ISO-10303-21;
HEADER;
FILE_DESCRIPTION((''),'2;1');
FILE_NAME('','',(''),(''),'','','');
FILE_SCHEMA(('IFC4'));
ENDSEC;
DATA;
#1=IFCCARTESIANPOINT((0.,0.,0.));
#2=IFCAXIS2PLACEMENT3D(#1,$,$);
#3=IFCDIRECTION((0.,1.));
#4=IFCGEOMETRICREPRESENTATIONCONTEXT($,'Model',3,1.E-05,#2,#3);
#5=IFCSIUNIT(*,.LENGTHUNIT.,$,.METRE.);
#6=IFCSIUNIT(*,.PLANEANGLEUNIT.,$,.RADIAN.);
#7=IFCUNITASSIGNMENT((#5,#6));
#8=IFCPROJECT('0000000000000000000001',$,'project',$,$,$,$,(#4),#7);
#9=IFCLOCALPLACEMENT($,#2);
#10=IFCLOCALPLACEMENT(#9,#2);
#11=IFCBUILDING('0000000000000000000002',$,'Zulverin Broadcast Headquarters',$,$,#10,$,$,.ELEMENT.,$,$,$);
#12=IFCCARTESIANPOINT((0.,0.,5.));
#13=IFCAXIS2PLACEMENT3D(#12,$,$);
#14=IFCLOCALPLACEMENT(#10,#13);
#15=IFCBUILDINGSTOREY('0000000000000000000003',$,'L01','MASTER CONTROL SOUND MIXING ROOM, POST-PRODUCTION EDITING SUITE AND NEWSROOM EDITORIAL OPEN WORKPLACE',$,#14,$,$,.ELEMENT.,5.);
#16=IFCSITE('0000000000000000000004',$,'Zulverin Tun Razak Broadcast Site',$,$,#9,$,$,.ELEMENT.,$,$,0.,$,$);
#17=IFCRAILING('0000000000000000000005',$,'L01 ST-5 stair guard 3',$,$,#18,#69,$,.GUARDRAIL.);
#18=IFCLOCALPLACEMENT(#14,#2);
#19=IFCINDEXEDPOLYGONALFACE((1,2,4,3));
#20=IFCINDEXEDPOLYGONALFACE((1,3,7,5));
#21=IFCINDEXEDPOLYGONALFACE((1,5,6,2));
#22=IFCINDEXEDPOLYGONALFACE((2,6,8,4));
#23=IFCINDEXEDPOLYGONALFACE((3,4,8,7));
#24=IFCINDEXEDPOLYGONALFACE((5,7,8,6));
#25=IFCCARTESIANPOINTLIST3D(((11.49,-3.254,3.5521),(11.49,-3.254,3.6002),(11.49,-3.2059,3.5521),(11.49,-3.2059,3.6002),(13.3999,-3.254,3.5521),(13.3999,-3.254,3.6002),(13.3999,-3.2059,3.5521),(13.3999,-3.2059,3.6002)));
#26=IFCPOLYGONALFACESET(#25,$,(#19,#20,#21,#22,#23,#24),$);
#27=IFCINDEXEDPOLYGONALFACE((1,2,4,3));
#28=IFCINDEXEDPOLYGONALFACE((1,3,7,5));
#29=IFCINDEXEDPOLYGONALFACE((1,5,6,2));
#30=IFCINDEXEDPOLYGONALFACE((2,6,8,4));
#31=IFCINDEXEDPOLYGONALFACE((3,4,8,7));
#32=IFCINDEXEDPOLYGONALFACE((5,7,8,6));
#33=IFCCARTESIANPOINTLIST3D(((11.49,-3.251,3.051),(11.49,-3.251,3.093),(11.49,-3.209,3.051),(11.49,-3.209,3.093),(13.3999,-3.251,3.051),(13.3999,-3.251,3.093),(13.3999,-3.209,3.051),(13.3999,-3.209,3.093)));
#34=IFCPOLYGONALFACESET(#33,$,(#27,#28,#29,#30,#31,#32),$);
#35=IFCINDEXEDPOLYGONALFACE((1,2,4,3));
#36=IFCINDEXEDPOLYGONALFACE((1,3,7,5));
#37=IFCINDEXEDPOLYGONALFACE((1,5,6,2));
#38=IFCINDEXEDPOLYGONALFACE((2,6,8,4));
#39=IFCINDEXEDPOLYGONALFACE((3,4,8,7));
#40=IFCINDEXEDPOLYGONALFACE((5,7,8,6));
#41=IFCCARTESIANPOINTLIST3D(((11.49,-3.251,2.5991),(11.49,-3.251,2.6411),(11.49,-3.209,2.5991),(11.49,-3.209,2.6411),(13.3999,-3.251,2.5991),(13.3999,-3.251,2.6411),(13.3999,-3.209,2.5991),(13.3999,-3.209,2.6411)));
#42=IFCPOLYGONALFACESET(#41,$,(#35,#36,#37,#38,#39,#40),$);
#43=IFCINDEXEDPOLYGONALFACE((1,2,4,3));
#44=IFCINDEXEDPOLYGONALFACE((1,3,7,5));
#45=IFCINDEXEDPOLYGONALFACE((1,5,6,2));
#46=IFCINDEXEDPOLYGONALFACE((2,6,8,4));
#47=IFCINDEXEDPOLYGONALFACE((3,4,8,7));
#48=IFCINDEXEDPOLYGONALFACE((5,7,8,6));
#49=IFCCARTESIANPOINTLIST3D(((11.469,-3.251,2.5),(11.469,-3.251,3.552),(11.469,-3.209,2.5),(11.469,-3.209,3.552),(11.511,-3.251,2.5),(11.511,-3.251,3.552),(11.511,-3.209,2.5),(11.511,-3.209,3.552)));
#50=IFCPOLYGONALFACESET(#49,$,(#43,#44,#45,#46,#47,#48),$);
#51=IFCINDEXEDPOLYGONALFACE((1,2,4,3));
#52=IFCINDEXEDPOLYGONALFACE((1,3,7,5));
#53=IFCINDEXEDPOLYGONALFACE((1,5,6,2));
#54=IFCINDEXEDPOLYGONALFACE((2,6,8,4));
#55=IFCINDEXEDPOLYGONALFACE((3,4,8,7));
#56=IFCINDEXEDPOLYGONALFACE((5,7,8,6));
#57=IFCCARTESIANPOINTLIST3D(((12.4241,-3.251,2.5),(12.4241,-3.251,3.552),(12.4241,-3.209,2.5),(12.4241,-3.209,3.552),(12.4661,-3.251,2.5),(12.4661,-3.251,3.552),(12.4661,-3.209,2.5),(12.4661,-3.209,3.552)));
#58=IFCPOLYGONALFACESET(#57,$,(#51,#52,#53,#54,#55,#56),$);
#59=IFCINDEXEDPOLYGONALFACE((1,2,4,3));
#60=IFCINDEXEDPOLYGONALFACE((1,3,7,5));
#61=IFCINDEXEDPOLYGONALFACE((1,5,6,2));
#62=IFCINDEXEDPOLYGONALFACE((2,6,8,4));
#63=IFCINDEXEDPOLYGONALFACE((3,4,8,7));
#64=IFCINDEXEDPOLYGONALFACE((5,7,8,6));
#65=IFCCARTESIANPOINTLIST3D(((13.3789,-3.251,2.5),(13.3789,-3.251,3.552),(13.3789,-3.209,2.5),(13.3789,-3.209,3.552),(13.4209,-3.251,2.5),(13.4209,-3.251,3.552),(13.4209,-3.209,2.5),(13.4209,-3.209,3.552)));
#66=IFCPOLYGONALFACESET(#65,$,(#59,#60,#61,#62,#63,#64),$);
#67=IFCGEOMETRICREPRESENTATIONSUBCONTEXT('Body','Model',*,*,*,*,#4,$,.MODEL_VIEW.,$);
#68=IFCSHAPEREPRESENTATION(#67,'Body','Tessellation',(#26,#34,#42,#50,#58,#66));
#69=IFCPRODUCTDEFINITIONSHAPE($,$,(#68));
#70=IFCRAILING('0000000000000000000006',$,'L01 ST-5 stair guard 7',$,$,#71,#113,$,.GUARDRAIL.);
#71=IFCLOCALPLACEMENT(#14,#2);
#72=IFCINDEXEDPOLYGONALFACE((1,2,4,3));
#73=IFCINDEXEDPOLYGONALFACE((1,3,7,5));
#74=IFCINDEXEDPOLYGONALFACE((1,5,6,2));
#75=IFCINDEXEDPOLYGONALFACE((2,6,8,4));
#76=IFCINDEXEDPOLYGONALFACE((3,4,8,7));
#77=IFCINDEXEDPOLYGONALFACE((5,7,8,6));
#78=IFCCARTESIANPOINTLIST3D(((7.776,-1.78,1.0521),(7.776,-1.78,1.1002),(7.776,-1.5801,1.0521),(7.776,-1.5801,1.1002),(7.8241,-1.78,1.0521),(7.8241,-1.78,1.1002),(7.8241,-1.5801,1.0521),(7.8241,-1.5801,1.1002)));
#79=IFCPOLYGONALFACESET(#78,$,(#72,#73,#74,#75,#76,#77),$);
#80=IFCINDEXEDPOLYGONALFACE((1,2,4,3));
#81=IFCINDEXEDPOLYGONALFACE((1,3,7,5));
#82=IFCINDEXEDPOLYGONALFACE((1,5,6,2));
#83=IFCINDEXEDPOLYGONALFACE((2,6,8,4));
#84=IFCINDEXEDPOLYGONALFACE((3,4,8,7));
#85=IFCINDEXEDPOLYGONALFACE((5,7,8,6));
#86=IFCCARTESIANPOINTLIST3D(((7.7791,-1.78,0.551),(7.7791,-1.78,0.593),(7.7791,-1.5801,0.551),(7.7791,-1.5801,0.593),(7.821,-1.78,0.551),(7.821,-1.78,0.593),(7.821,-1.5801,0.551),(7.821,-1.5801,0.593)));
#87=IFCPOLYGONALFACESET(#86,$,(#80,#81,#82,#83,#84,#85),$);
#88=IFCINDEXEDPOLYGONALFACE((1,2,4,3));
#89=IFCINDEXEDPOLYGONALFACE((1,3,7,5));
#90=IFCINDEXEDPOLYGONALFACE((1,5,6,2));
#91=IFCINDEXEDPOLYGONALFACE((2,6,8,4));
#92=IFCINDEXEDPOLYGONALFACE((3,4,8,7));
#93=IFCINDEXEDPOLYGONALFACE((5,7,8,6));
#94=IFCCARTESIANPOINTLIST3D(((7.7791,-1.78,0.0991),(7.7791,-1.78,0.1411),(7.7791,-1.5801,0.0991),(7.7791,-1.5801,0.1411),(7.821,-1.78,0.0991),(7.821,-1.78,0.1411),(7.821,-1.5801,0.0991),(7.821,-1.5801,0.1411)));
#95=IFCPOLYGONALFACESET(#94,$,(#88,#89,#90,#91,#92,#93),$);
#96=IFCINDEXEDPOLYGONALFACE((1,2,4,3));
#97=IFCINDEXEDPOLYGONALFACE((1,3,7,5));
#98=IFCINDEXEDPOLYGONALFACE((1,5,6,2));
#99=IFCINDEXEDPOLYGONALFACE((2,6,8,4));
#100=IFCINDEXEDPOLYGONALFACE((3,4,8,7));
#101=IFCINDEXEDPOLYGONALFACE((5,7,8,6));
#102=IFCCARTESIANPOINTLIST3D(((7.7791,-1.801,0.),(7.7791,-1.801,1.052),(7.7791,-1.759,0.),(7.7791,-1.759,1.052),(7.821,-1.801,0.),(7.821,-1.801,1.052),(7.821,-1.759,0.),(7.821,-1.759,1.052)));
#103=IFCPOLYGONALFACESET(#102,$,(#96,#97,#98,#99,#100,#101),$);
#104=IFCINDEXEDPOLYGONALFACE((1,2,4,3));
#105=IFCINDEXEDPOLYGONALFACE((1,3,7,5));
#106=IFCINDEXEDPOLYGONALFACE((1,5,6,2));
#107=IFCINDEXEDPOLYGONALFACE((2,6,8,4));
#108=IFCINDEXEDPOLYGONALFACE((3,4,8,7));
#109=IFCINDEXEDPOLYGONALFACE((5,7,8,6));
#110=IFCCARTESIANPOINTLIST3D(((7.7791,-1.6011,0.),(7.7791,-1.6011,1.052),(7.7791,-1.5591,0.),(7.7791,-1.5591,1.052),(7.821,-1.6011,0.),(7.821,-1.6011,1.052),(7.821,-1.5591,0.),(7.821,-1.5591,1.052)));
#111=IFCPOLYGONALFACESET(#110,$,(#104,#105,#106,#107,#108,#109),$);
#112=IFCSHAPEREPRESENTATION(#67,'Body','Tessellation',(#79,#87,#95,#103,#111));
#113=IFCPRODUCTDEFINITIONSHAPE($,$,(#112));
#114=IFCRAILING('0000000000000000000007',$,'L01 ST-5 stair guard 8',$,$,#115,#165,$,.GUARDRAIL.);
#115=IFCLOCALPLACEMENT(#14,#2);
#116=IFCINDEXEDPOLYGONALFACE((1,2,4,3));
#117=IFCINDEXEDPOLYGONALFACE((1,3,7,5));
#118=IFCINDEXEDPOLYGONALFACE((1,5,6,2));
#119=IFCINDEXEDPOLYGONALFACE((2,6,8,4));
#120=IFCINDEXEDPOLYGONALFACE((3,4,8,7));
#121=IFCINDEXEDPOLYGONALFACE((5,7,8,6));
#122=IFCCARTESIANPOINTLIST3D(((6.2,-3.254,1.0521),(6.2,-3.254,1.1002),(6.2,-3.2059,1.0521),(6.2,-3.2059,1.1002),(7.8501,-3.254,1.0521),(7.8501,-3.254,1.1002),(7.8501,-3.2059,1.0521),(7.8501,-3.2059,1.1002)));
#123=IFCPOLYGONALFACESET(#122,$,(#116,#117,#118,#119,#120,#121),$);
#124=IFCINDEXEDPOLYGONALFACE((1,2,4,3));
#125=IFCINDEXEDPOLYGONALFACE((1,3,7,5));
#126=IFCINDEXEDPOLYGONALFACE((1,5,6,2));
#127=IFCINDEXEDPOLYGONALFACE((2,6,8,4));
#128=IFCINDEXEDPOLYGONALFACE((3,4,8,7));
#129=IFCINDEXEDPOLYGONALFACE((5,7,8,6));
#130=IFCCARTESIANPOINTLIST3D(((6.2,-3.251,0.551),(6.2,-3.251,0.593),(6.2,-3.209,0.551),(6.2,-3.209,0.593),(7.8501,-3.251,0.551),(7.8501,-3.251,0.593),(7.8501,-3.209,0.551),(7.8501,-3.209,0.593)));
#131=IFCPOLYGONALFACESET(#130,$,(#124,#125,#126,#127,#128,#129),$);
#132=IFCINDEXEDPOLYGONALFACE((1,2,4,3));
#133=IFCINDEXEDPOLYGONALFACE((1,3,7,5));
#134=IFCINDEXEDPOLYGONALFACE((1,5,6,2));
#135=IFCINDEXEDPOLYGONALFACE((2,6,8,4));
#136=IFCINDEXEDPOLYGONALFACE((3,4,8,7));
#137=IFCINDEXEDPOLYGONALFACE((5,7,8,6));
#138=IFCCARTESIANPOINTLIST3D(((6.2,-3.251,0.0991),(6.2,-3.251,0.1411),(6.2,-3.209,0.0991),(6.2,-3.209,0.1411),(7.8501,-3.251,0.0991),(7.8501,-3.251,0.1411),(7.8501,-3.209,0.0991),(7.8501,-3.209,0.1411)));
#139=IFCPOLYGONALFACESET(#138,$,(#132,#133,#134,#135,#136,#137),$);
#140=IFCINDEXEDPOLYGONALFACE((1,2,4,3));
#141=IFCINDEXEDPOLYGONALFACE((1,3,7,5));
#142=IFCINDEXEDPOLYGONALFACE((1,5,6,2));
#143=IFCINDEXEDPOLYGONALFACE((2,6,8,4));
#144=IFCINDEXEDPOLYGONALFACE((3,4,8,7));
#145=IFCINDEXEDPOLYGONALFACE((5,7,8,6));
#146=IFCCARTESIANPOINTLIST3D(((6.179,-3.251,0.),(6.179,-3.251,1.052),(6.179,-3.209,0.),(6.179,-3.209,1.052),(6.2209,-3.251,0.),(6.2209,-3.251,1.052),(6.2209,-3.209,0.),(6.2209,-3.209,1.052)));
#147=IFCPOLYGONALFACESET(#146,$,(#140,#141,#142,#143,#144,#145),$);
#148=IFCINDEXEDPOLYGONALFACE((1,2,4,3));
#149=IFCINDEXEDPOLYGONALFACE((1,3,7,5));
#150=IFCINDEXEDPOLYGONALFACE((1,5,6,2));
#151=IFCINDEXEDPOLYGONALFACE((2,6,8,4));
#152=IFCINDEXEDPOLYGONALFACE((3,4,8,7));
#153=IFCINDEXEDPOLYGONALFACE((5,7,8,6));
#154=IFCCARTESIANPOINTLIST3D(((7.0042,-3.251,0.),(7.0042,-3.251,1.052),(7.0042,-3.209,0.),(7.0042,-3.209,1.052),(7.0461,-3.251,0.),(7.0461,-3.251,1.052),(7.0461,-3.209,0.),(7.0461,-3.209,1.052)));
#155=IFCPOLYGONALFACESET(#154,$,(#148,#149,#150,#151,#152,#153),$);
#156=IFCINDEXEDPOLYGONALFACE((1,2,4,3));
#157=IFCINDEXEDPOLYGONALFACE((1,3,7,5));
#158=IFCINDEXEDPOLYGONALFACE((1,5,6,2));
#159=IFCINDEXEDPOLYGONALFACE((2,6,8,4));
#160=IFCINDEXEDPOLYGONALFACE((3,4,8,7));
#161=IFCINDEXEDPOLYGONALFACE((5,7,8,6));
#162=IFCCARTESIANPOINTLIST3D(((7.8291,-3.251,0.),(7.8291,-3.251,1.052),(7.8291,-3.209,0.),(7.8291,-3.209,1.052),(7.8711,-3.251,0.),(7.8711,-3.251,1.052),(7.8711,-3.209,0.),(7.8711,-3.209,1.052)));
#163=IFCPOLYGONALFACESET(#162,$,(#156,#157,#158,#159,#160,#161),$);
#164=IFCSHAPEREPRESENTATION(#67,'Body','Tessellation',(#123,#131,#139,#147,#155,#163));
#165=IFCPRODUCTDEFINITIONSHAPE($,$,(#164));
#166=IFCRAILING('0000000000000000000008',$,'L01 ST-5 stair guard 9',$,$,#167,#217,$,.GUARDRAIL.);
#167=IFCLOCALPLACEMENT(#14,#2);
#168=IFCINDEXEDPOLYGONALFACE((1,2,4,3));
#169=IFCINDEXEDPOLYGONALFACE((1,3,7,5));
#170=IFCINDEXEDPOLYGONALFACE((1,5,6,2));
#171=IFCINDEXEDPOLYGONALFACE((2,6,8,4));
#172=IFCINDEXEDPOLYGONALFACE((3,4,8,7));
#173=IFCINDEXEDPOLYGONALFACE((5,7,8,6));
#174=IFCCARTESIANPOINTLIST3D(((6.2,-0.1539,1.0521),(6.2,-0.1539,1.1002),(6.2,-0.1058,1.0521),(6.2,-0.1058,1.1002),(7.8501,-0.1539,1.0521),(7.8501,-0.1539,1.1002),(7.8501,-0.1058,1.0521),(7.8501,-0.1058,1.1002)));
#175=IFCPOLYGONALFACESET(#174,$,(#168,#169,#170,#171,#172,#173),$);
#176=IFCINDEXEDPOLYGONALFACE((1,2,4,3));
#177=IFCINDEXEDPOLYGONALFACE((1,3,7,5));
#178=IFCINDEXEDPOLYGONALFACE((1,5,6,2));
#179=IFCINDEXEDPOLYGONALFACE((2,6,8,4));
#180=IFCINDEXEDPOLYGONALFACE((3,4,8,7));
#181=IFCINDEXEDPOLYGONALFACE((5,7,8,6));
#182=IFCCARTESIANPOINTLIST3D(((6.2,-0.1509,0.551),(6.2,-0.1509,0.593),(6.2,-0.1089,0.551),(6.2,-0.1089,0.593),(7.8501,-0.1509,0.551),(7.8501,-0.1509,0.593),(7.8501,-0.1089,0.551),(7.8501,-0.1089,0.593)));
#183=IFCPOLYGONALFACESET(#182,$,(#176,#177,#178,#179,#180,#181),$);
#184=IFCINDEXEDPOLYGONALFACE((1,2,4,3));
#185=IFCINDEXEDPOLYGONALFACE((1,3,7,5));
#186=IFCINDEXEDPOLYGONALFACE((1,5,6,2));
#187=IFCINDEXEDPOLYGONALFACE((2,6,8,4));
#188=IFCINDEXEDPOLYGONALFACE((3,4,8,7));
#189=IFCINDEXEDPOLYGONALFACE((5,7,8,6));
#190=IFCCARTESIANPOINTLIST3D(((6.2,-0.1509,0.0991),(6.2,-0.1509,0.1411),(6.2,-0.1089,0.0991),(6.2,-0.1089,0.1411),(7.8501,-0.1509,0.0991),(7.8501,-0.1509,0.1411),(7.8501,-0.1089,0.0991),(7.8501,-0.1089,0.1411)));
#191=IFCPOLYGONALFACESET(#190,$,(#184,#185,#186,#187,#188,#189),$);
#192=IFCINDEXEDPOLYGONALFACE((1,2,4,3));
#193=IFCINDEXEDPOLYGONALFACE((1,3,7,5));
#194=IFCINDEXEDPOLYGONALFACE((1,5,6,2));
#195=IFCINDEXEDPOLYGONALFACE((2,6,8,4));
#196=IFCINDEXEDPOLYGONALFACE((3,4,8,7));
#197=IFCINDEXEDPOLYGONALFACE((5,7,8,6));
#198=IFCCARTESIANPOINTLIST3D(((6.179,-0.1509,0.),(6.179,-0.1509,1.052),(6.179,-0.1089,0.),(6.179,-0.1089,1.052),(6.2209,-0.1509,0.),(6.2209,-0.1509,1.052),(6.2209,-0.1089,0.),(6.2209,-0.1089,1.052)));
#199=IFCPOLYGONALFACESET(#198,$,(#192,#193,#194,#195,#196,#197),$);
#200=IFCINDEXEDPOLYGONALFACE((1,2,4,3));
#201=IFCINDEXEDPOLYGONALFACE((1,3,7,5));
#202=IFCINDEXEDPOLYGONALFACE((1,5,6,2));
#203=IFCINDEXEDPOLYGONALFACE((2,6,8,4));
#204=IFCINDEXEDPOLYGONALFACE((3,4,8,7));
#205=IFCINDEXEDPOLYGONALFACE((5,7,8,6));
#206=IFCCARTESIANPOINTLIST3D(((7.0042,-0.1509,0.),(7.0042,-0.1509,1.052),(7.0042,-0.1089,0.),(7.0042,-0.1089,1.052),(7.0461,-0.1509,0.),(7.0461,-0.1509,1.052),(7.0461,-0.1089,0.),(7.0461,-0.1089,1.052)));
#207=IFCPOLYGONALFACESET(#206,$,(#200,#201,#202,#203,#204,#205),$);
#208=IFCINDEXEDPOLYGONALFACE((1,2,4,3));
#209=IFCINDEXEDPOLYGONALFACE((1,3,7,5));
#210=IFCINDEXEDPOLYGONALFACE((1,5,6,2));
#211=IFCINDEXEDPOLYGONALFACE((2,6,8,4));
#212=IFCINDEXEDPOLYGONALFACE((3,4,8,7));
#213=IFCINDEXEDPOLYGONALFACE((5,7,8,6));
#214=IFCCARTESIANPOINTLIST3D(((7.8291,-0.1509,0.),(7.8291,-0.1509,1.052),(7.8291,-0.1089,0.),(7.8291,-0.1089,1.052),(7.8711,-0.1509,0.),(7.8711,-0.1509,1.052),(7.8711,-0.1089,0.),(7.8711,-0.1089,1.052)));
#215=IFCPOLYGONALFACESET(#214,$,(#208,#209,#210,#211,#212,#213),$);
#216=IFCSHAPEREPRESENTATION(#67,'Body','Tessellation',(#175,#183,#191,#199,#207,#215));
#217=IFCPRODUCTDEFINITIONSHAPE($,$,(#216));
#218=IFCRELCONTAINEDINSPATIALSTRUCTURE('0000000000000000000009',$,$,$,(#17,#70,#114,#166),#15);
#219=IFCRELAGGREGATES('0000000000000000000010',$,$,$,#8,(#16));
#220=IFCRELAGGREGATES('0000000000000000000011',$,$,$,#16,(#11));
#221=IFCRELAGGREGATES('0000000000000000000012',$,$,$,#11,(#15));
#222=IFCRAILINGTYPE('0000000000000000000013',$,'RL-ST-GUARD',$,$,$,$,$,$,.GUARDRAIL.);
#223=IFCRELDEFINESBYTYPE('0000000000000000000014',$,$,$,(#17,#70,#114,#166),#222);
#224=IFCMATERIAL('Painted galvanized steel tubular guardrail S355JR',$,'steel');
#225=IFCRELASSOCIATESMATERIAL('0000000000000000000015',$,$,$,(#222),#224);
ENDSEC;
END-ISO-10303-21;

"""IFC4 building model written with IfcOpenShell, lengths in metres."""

from ifc_helpers import new_model, si_unit, direction, frame, origin, origin_2d, place, context, subcontext, project, spatial, rectangle, extrude, material, type_object, element, save


model = new_model("IFC4")

# Units and contexts
model_context = context("Model", 3, precision=1e-05, world=origin(), true_north=direction((0.0, 1.0)))
body_context = subcontext(model_context, "Body", "Model", "MODEL_VIEW")
ifc_project = project(units=[si_unit("LENGTHUNIT", "METRE"), si_unit("PLANEANGLEUNIT", "RADIAN")], contexts=[model_context])

# Site, building, storey
site_placement = place(None, origin())
site = spatial("IfcSite", under=ifc_project, at=site_placement, Name="Zulverin Tun Razak Broadcast Site", CompositionType="ELEMENT", RefElevation=0.0)
building_placement = place(site_placement, origin())
building = spatial("IfcBuilding", under=site, at=building_placement, Name="Zulverin Broadcast Headquarters", CompositionType="ELEMENT")
storey_placement = place(building_placement, frame((0.0, 0.0, 5.0)))
storey = spatial("IfcBuildingStorey", under=building, at=storey_placement, Name="L01", Description="MASTER CONTROL SOUND MIXING ROOM, POST-PRODUCTION EDITING SUITE AND NEWSROOM EDITORIAL OPEN WORKPLACE", CompositionType="ELEMENT", Elevation=5.0)

# Railings
ifc_material_1 = material(Name="Painted galvanized steel tubular guardrail S355JR", Category="steel")
railing_type_1 = type_object("IfcRailingType", Name="RL-ST-GUARD", PredefinedType="GUARDRAIL", material=ifc_material_1)
railing_1_placement = place(storey_placement, frame((11.49, -3.23, 2.5)))
element("IfcRailing", 1, at=railing_1_placement, inside=storey, type_object=railing_type_1, Name="L01 ST-5 stair guard 3", PredefinedType="GUARDRAIL", context=body_context, shape_type="SweptSolid", body=[
    extrude(rectangle(XDim=0.0481, YDim=0.0481, at=origin_2d()), frame((0.0, 0.0, 1.0762), z_axis=(1.0, 0.0, 0.0), x_axis=(0.0, 1.0, 0.0)), (0.0, 0.0, 1.0), 1.9099),
    extrude(rectangle(XDim=0.042, YDim=0.042, at=origin_2d()), frame((0.0, 0.0, 0.572), z_axis=(1.0, 0.0, 0.0), x_axis=(0.0, 1.0, 0.0)), (0.0, 0.0, 1.0), 1.9099),
    extrude(rectangle(XDim=0.042, YDim=0.042, at=origin_2d()), frame((0.0, 0.0, 0.1201), z_axis=(1.0, 0.0, 0.0), x_axis=(0.0, 1.0, 0.0)), (0.0, 0.0, 1.0), 1.9099),
    extrude(rectangle(XDim=0.042, YDim=0.042, at=origin_2d()), origin(), (0.0, 0.0, 1.0), 1.052),
    extrude(rectangle(XDim=0.042, YDim=0.042, at=origin_2d()), frame((0.9551, 0.0, 0.0)), (0.0, 0.0, 1.0), 1.052),
    extrude(rectangle(XDim=0.042, YDim=0.042, at=origin_2d()), frame((1.9099, 0.0, 0.0)), (0.0, 0.0, 1.0), 1.052),
])
railing_2_placement = place(storey_placement, frame((7.8, -1.78, 0.0)))
element("IfcRailing", 2, at=railing_2_placement, inside=storey, type_object=railing_type_1, Name="L01 ST-5 stair guard 7", PredefinedType="GUARDRAIL", context=body_context, shape_type="SweptSolid", body=[
    extrude(rectangle(XDim=0.0481, YDim=0.0481, at=origin_2d()), frame((0.0, 0.0, 1.0762), z_axis=(0.0, 1.0, 0.0), x_axis=(-1.0, 0.0, 0.0)), (0.0, 0.0, 1.0), 0.2),
    extrude(rectangle(XDim=0.042, YDim=0.042, at=origin_2d()), frame((0.0, 0.0, 0.572), z_axis=(0.0, 1.0, 0.0), x_axis=(-1.0, 0.0, 0.0)), (0.0, 0.0, 1.0), 0.2),
    extrude(rectangle(XDim=0.042, YDim=0.042, at=origin_2d()), frame((0.0, 0.0, 0.1201), z_axis=(0.0, 1.0, 0.0), x_axis=(-1.0, 0.0, 0.0)), (0.0, 0.0, 1.0), 0.2),
    extrude(rectangle(XDim=0.042, YDim=0.042, at=origin_2d()), origin(), (0.0, 0.0, 1.0), 1.052),
    extrude(rectangle(XDim=0.042, YDim=0.042, at=origin_2d()), frame((0.0, 0.2, 0.0)), (0.0, 0.0, 1.0), 1.052),
])
for number, where, name in (
    (3, (6.2, -3.23, 0.0), "L01 ST-5 stair guard 8"),
    (4, (6.2, -0.1299, 0.0), "L01 ST-5 stair guard 9"),
):
    element("IfcRailing", number, at=place(storey_placement, frame(where)), inside=storey, type_object=railing_type_1, Name=name, PredefinedType="GUARDRAIL", context=body_context, shape_type="SweptSolid", body=[
        extrude(rectangle(XDim=0.0481, YDim=0.0481, at=origin_2d()), frame((0.0, 0.0, 1.0762), z_axis=(1.0, 0.0, 0.0), x_axis=(0.0, 1.0, 0.0)), (0.0, 0.0, 1.0), 1.6501),
        extrude(rectangle(XDim=0.042, YDim=0.042, at=origin_2d()), frame((0.0, 0.0, 0.572), z_axis=(1.0, 0.0, 0.0), x_axis=(0.0, 1.0, 0.0)), (0.0, 0.0, 1.0), 1.6501),
        extrude(rectangle(XDim=0.042, YDim=0.042, at=origin_2d()), frame((0.0, 0.0, 0.1201), z_axis=(1.0, 0.0, 0.0), x_axis=(0.0, 1.0, 0.0)), (0.0, 0.0, 1.0), 1.6501),
        extrude(rectangle(XDim=0.042, YDim=0.042, at=origin_2d()), origin(), (0.0, 0.0, 1.0), 1.052),
        extrude(rectangle(XDim=0.042, YDim=0.042, at=origin_2d()), frame((0.8252, 0.0, 0.0)), (0.0, 0.0, 1.0), 1.052),
        extrude(rectangle(XDim=0.042, YDim=0.042, at=origin_2d()), frame((1.6501, 0.0, 0.0)), (0.0, 0.0, 1.0), 1.052),
    ])

save(model, "model.ifc")
